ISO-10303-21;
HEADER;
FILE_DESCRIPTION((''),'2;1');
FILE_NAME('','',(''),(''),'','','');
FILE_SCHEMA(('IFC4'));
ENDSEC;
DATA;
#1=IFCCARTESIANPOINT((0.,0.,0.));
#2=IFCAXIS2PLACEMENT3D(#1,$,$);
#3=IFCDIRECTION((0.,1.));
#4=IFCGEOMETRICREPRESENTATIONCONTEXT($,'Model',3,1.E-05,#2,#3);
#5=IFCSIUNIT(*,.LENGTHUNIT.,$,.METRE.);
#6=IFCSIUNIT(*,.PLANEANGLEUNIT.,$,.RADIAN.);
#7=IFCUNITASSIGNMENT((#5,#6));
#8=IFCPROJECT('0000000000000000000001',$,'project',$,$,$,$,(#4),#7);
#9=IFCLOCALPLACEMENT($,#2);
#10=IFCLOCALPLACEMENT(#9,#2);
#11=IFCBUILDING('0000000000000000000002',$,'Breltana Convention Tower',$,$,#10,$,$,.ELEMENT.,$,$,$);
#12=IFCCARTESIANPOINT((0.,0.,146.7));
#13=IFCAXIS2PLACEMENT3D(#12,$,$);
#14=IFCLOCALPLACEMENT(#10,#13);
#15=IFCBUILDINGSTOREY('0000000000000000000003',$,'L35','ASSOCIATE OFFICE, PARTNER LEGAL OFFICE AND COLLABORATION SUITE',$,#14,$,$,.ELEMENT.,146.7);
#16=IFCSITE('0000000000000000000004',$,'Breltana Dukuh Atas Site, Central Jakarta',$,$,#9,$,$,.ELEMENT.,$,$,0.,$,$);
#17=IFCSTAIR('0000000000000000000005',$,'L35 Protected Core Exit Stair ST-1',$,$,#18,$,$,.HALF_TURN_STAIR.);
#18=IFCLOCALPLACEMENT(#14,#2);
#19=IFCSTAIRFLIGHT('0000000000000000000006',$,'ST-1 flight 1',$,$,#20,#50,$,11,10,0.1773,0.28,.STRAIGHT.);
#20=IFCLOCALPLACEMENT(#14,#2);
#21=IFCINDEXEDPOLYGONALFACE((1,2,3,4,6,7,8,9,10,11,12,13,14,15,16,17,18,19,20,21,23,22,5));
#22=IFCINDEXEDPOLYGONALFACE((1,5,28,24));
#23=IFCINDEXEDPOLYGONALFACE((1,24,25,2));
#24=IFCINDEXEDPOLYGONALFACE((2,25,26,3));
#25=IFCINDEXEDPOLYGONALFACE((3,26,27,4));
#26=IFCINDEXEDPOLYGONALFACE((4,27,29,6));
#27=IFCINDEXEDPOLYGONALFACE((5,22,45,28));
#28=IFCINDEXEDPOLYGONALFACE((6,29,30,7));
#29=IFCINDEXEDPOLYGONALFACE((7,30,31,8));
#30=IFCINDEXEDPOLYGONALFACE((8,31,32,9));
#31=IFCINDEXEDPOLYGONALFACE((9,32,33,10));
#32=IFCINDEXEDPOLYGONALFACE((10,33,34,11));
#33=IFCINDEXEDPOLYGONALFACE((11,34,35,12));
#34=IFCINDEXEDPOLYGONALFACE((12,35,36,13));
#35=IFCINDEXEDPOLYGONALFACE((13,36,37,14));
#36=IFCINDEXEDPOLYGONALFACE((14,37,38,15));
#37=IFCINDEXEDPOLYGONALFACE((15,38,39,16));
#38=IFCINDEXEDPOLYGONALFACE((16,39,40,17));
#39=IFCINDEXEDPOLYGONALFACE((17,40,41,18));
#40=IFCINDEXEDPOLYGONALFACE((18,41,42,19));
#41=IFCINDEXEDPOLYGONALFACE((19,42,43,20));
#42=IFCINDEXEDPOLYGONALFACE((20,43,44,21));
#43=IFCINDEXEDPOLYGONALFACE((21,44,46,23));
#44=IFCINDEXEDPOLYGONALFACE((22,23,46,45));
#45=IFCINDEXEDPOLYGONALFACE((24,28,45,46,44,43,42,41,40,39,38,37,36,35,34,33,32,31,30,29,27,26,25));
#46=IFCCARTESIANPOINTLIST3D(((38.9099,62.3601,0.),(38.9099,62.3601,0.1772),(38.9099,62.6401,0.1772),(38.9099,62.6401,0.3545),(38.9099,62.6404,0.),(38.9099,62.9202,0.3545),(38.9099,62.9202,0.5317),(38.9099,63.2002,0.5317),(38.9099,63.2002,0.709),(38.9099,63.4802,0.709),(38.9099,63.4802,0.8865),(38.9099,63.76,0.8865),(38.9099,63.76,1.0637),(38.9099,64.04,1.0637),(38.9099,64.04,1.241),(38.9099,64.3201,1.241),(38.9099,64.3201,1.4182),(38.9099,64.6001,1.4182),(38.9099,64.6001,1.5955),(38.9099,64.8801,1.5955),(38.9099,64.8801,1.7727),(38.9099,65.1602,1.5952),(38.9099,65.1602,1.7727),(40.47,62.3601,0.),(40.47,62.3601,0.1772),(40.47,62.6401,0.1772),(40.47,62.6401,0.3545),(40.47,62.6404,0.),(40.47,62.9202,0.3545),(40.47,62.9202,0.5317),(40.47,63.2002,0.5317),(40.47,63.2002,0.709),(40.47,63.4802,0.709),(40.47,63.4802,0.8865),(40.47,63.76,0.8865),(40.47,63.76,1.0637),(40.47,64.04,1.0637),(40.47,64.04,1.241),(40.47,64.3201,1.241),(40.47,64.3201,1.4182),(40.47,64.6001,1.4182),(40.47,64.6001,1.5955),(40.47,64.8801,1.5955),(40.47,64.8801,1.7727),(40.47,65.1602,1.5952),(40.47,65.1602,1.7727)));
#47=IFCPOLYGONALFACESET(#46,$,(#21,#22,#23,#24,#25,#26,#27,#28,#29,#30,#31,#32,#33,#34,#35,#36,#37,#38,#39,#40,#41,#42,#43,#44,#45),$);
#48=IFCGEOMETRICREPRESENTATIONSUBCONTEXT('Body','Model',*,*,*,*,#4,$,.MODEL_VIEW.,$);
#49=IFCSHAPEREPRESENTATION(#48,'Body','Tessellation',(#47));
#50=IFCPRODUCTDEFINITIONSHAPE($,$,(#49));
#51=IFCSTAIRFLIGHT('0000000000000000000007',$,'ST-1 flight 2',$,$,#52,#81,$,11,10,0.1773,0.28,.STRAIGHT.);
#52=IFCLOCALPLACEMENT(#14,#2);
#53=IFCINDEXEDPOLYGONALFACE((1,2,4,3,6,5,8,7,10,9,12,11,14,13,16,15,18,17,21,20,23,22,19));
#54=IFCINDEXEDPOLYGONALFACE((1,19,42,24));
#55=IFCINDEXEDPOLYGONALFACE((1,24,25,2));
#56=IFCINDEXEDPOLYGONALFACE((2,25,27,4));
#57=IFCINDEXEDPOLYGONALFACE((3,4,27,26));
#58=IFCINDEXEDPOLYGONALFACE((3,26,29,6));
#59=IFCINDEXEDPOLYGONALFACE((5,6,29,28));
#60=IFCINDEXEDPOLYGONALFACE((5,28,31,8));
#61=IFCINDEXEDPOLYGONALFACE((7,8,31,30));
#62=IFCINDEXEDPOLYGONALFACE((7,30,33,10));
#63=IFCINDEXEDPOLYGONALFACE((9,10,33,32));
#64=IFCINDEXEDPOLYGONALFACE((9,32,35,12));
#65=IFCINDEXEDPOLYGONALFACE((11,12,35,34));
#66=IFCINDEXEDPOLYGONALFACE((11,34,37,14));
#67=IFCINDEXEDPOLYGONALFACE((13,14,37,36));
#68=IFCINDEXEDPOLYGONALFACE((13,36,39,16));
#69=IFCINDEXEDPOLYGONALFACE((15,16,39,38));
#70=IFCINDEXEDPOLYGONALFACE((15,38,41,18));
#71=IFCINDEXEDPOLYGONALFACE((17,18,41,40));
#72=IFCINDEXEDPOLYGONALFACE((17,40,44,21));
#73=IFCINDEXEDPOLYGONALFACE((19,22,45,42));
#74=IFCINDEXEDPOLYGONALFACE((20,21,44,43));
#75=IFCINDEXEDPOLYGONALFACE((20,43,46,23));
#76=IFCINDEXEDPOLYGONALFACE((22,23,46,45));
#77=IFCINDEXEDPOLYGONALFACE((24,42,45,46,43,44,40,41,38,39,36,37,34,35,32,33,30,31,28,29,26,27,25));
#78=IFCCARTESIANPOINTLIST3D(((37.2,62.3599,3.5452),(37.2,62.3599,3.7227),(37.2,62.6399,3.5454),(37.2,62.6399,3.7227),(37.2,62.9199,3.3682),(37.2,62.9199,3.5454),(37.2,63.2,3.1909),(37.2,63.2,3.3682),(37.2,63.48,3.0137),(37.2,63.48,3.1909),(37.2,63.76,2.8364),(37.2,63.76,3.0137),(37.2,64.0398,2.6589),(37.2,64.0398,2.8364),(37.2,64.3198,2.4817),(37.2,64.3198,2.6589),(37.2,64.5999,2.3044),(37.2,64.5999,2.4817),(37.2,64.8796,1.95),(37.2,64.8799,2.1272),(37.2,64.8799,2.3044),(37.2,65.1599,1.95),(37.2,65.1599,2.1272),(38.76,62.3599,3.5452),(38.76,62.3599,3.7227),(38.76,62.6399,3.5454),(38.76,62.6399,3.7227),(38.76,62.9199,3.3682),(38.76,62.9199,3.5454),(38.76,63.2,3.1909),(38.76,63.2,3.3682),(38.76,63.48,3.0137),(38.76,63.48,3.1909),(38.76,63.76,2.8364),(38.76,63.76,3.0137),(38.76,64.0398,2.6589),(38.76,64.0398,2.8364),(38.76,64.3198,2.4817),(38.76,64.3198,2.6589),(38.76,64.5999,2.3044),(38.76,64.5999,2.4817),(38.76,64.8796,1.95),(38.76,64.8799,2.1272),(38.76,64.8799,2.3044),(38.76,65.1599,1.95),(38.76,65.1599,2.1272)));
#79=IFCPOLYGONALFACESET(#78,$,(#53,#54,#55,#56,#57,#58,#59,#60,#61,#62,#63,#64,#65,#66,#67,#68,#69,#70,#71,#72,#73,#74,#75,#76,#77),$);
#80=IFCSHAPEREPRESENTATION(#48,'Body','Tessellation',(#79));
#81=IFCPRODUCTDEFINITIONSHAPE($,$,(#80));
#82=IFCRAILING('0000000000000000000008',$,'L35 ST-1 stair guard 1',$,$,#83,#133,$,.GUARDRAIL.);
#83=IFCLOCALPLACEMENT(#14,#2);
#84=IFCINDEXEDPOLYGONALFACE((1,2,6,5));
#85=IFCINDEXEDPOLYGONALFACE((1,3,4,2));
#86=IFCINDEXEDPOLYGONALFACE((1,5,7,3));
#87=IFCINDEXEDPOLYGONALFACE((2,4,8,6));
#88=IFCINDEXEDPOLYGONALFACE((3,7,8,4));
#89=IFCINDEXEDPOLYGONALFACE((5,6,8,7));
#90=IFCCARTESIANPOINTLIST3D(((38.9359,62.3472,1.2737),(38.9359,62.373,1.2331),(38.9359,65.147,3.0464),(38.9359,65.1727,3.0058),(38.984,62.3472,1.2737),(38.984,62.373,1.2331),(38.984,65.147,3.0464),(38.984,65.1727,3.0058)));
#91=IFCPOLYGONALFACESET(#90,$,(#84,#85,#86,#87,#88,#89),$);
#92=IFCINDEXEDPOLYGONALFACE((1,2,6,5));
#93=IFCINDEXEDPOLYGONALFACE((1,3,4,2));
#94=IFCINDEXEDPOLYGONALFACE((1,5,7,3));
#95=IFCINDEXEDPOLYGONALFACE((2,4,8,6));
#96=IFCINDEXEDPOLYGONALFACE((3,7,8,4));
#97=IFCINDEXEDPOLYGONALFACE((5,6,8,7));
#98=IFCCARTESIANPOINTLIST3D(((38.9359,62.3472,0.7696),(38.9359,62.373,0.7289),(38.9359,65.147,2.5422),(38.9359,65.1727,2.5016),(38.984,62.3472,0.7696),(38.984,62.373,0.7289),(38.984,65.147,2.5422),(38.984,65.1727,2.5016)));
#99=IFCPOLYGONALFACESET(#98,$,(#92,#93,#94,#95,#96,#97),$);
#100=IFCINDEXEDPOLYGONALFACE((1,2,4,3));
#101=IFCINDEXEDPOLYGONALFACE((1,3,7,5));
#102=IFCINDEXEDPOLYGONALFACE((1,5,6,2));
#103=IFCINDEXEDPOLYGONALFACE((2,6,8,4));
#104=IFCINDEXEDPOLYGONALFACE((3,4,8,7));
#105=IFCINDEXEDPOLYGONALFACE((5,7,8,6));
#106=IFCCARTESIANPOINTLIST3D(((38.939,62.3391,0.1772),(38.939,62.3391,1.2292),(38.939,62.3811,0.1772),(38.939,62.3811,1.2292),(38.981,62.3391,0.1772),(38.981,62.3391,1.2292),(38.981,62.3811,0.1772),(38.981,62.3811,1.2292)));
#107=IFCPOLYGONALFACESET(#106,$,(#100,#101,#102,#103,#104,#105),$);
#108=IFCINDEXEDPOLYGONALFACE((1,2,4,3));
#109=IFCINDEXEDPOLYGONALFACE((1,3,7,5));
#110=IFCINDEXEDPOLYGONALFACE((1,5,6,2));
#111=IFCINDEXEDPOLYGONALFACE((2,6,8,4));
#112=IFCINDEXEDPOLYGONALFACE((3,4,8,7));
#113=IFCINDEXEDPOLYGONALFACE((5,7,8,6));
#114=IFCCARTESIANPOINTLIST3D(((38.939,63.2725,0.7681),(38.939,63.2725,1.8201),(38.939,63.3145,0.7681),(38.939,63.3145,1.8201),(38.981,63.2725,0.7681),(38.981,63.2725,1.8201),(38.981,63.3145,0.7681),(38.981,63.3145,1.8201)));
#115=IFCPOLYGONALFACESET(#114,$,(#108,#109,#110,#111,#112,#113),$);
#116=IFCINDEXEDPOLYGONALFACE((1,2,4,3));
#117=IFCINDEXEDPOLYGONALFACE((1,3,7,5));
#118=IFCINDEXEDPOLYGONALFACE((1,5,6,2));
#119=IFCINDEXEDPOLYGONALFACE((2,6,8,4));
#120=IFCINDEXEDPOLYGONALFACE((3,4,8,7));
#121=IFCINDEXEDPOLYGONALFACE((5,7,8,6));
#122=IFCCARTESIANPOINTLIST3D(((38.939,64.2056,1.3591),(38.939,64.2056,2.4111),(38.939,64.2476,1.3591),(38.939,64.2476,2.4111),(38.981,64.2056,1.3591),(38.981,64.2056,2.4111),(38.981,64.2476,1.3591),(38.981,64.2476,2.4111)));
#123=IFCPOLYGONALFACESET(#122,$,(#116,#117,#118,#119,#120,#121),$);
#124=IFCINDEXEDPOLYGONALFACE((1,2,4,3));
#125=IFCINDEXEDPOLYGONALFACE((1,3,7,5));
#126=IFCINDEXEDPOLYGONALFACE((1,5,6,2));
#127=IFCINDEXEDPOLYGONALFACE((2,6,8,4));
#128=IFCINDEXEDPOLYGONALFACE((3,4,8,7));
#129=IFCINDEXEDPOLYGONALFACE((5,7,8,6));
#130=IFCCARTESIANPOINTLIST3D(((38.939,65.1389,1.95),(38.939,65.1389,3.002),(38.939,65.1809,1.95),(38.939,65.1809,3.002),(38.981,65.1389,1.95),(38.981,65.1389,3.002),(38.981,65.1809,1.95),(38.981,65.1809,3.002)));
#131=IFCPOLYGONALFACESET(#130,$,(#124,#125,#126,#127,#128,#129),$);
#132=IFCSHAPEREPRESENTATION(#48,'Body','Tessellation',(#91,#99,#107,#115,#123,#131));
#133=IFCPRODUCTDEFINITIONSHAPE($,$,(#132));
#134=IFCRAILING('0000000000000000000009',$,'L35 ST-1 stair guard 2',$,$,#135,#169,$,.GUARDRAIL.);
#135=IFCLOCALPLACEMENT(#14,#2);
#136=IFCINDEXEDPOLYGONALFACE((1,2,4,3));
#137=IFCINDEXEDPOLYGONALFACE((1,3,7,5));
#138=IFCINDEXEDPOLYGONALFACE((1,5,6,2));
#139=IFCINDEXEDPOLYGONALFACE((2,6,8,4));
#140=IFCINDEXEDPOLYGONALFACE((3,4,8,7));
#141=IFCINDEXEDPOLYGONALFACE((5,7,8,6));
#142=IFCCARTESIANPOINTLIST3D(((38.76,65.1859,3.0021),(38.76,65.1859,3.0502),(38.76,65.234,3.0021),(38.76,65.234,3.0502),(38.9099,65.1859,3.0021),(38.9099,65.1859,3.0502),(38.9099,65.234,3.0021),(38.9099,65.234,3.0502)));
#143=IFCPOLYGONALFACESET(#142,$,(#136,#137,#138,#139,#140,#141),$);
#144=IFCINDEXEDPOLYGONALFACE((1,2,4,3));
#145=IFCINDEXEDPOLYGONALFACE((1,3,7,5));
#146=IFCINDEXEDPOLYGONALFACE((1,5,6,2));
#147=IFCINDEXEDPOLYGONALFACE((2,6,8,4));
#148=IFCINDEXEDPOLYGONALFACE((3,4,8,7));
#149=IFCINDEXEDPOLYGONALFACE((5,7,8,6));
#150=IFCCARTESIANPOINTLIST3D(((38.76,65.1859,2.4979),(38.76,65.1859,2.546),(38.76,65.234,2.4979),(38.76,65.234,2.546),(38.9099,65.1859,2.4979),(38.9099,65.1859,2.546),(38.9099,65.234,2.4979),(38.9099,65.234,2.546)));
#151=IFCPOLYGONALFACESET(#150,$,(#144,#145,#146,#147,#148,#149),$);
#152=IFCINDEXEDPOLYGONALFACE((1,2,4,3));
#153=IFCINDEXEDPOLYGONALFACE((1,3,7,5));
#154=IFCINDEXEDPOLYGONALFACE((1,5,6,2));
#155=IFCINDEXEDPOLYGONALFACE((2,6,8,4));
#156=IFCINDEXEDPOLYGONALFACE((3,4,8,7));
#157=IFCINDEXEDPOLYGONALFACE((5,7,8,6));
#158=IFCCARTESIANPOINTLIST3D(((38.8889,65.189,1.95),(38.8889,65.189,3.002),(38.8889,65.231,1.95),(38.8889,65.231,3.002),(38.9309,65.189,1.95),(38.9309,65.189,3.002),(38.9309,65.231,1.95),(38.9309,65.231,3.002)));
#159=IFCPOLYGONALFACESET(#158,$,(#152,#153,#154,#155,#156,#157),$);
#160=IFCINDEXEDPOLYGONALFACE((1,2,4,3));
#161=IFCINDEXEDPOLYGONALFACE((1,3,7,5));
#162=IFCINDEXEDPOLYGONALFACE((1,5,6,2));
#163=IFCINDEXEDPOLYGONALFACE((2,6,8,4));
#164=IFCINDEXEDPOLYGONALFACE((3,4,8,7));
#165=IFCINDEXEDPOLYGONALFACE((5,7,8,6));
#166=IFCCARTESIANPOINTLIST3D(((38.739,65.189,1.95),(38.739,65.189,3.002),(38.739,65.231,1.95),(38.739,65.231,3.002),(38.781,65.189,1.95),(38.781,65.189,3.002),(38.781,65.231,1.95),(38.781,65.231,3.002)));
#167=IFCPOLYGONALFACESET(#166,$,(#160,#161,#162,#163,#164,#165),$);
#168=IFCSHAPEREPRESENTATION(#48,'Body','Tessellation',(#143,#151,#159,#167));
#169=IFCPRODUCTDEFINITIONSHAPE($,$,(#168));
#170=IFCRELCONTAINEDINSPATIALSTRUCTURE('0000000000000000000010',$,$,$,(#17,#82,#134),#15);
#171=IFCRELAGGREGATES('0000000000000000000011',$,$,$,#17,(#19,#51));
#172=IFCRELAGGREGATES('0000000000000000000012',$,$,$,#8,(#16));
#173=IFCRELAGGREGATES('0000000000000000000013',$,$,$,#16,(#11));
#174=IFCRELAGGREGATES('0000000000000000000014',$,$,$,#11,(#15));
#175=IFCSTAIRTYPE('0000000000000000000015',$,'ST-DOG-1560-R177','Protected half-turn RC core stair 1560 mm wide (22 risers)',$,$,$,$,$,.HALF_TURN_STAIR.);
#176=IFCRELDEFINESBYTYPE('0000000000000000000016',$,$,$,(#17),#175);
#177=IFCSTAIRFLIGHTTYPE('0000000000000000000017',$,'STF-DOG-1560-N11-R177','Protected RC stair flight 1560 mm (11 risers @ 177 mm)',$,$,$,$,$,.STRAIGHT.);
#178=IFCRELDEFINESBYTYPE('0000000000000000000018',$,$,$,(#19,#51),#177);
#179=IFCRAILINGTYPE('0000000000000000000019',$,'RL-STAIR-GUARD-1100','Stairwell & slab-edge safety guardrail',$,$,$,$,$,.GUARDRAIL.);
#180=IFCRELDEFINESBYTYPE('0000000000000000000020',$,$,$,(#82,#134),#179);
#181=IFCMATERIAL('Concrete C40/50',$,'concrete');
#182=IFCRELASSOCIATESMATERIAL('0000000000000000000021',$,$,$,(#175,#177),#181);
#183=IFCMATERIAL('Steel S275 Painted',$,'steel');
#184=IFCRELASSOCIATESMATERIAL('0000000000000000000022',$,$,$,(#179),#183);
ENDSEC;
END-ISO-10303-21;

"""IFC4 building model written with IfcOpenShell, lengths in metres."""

from ifc_helpers import new_model, si_unit, direction, frame, origin, origin_2d, place, context, subcontext, project, spatial, polyline, rectangle, outline, extrude, material, type_object, element, aggregate, save


model = new_model("IFC4")

# Units and contexts
model_context = context("Model", 3, precision=1e-05, world=origin(), true_north=direction((0.0, 1.0)))
body_context = subcontext(model_context, "Body", "Model", "MODEL_VIEW")
ifc_project = project(units=[si_unit("LENGTHUNIT", "METRE"), si_unit("PLANEANGLEUNIT", "RADIAN")], contexts=[model_context])

# Site, building, storey
site_placement = place(None, origin())
site = spatial("IfcSite", under=ifc_project, at=site_placement, Name="Breltana Dukuh Atas Site, Central Jakarta", CompositionType="ELEMENT", RefElevation=0.0)
building_placement = place(site_placement, origin())
building = spatial("IfcBuilding", under=site, at=building_placement, Name="Breltana Convention Tower", CompositionType="ELEMENT")
storey_placement = place(building_placement, frame((0.0, 0.0, 146.7)))
storey = spatial("IfcBuildingStorey", under=building, at=storey_placement, Name="L35", Description="ASSOCIATE OFFICE, PARTNER LEGAL OFFICE AND COLLABORATION SUITE", CompositionType="ELEMENT", Elevation=146.7)

# Stair, stair flights
ifc_material_1 = material(Name="Concrete C40/50", Category="concrete")
stair_type = type_object("IfcStairType", Name="ST-DOG-1560-R177", Description="Protected half-turn RC core stair 1560 mm wide (22 risers)", PredefinedType="HALF_TURN_STAIR", material=ifc_material_1)
stair_placement = place(storey_placement, origin())
stair = element("IfcStair", 1, at=stair_placement, inside=storey, type_object=stair_type, Name="L35 Protected Core Exit Stair ST-1", PredefinedType="HALF_TURN_STAIR")
stair_flight_type = type_object("IfcStairFlightType", Name="STF-DOG-1560-N11-R177", Description="Protected RC stair flight 1560 mm (11 risers @ 177 mm)", PredefinedType="STRAIGHT", material=ifc_material_1)
stair_flight_1_placement = place(storey_placement, frame((39.6899, 62.3601, 0.0), z_axis=(0.0, 0.0, 1.0), x_axis=(0.0, 1.0, 0.0)))
stair_flight_1 = element("IfcStairFlight", 2, at=stair_flight_1_placement, type_object=stair_flight_type, Name="ST-1 flight 1", NumberOfRisers=11, NumberOfTreads=10, PredefinedType="STRAIGHT", RiserHeight=0.1773, TreadLength=0.28, context=body_context, shape_type="SweptSolid", body=[
    extrude(outline(polyline([(0.0, 0.0), (0.0, 0.1772), (0.28, 0.1772), (0.28, 0.3545), (0.5601, 0.3545), (0.5601, 0.5317), (0.8401, 0.5317), (0.8401, 0.709), (1.1201, 0.709), (1.1201, 0.8865), (1.3999, 0.8865), (1.3999, 1.0637), (1.6799, 1.0637), (1.6799, 1.241), (1.96, 1.241), (1.96, 1.4182), (2.24, 1.4182), (2.24, 1.5955), (2.52, 1.5955), (2.52, 1.7727), (2.8, 1.7727), (2.8, 1.95), (2.8, 1.5952), (0.2803, 0.0), (0.0, 0.0)])), frame((0.0, 0.78, 0.0), z_axis=(0.0, -1.0, 0.0), x_axis=(1.0, 0.0, 0.0)), (0.0, 0.0, 1.0), 1.5601),
])
stair_flight_2_placement = place(storey_placement, frame((37.98, 65.1599, 1.95), z_axis=(0.0, 0.0, 1.0), x_axis=(0.0, -1.0, 0.0)))
stair_flight_2 = element("IfcStairFlight", 3, at=stair_flight_2_placement, type_object=stair_flight_type, Name="ST-1 flight 2", NumberOfRisers=11, NumberOfTreads=10, PredefinedType="STRAIGHT", RiserHeight=0.1773, TreadLength=0.28, context=body_context, shape_type="SweptSolid", body=[
    extrude(outline(polyline([(0.0, 0.0), (0.0, 0.1772), (0.28, 0.1772), (0.28, 0.3545), (0.5601, 0.3545), (0.5601, 0.5317), (0.8401, 0.5317), (0.8401, 0.709), (1.1201, 0.709), (1.1201, 0.8865), (1.3999, 0.8865), (1.3999, 1.0637), (1.6799, 1.0637), (1.6799, 1.241), (1.96, 1.241), (1.96, 1.4182), (2.24, 1.4182), (2.24, 1.5955), (2.52, 1.5955), (2.52, 1.7727), (2.8, 1.7727), (2.8, 1.95), (2.8, 1.5952), (0.2803, 0.0), (0.0, 0.0)])), frame((0.0, 0.78, 0.0), z_axis=(0.0, -1.0, 0.0), x_axis=(1.0, 0.0, 0.0)), (0.0, 0.0, 1.0), 1.5601),
])
aggregate(stair, [stair_flight_1, stair_flight_2])

# Railings
ifc_material_2 = material(Name="Steel S275 Painted", Category="steel")
railing_type_1 = type_object("IfcRailingType", Name="RL-STAIR-GUARD-1100", Description="Stairwell & slab-edge safety guardrail", PredefinedType="GUARDRAIL", material=ifc_material_2)
railing_1_placement = place(storey_placement, frame((38.96, 62.3601, 0.1772)))
element("IfcRailing", 4, at=railing_1_placement, inside=storey, type_object=railing_type_1, Name="L35 ST-1 stair guard 1", PredefinedType="GUARDRAIL", context=body_context, shape_type="SweptSolid", body=[
    extrude(rectangle(XDim=0.0481, YDim=0.0481, at=origin_2d()), frame((0.0, 0.0, 1.0762), z_axis=(0.0, 0.844888, 0.534943), x_axis=(-1.0, 0.0, 0.0)), (0.0, 0.0, 1.0), 3.3137),
    extrude(rectangle(XDim=0.0481, YDim=0.0481, at=origin_2d()), frame((0.0, 0.0, 0.572), z_axis=(0.0, 0.844888, 0.534943), x_axis=(-1.0, 0.0, 0.0)), (0.0, 0.0, 1.0), 3.3137),
    extrude(rectangle(XDim=0.042, YDim=0.042, at=origin_2d()), origin(), (0.0, 0.0, 1.0), 1.052),
    extrude(rectangle(XDim=0.042, YDim=0.042, at=origin_2d()), frame((0.0, 0.9333, 0.5908)), (0.0, 0.0, 1.0), 1.052),
    extrude(rectangle(XDim=0.042, YDim=0.042, at=origin_2d()), frame((0.0, 1.8665, 1.1819)), (0.0, 0.0, 1.0), 1.052),
    extrude(rectangle(XDim=0.042, YDim=0.042, at=origin_2d()), frame((0.0, 2.7998, 1.7727)), (0.0, 0.0, 1.0), 1.052),
])
railing_2_placement = place(storey_placement, frame((38.9099, 65.21, 1.95)))
element("IfcRailing", 5, at=railing_2_placement, inside=storey, type_object=railing_type_1, Name="L35 ST-1 stair guard 2", PredefinedType="GUARDRAIL", context=body_context, shape_type="SweptSolid", body=[
    extrude(rectangle(XDim=0.0481, YDim=0.0481, at=origin_2d()), frame((0.0, 0.0, 1.0762), z_axis=(-1.0, 0.0, 0.0), x_axis=(0.0, -1.0, 0.0)), (0.0, 0.0, 1.0), 0.1499),
    extrude(rectangle(XDim=0.0481, YDim=0.0481, at=origin_2d()), frame((0.0, 0.0, 0.572), z_axis=(-1.0, 0.0, 0.0), x_axis=(0.0, -1.0, 0.0)), (0.0, 0.0, 1.0), 0.1499),
    extrude(rectangle(XDim=0.042, YDim=0.042, at=origin_2d()), origin(), (0.0, 0.0, 1.0), 1.052),
    extrude(rectangle(XDim=0.042, YDim=0.042, at=origin_2d()), frame((-0.1499, 0.0, 0.0)), (0.0, 0.0, 1.0), 1.052),
])

save(model, "model.ifc")
